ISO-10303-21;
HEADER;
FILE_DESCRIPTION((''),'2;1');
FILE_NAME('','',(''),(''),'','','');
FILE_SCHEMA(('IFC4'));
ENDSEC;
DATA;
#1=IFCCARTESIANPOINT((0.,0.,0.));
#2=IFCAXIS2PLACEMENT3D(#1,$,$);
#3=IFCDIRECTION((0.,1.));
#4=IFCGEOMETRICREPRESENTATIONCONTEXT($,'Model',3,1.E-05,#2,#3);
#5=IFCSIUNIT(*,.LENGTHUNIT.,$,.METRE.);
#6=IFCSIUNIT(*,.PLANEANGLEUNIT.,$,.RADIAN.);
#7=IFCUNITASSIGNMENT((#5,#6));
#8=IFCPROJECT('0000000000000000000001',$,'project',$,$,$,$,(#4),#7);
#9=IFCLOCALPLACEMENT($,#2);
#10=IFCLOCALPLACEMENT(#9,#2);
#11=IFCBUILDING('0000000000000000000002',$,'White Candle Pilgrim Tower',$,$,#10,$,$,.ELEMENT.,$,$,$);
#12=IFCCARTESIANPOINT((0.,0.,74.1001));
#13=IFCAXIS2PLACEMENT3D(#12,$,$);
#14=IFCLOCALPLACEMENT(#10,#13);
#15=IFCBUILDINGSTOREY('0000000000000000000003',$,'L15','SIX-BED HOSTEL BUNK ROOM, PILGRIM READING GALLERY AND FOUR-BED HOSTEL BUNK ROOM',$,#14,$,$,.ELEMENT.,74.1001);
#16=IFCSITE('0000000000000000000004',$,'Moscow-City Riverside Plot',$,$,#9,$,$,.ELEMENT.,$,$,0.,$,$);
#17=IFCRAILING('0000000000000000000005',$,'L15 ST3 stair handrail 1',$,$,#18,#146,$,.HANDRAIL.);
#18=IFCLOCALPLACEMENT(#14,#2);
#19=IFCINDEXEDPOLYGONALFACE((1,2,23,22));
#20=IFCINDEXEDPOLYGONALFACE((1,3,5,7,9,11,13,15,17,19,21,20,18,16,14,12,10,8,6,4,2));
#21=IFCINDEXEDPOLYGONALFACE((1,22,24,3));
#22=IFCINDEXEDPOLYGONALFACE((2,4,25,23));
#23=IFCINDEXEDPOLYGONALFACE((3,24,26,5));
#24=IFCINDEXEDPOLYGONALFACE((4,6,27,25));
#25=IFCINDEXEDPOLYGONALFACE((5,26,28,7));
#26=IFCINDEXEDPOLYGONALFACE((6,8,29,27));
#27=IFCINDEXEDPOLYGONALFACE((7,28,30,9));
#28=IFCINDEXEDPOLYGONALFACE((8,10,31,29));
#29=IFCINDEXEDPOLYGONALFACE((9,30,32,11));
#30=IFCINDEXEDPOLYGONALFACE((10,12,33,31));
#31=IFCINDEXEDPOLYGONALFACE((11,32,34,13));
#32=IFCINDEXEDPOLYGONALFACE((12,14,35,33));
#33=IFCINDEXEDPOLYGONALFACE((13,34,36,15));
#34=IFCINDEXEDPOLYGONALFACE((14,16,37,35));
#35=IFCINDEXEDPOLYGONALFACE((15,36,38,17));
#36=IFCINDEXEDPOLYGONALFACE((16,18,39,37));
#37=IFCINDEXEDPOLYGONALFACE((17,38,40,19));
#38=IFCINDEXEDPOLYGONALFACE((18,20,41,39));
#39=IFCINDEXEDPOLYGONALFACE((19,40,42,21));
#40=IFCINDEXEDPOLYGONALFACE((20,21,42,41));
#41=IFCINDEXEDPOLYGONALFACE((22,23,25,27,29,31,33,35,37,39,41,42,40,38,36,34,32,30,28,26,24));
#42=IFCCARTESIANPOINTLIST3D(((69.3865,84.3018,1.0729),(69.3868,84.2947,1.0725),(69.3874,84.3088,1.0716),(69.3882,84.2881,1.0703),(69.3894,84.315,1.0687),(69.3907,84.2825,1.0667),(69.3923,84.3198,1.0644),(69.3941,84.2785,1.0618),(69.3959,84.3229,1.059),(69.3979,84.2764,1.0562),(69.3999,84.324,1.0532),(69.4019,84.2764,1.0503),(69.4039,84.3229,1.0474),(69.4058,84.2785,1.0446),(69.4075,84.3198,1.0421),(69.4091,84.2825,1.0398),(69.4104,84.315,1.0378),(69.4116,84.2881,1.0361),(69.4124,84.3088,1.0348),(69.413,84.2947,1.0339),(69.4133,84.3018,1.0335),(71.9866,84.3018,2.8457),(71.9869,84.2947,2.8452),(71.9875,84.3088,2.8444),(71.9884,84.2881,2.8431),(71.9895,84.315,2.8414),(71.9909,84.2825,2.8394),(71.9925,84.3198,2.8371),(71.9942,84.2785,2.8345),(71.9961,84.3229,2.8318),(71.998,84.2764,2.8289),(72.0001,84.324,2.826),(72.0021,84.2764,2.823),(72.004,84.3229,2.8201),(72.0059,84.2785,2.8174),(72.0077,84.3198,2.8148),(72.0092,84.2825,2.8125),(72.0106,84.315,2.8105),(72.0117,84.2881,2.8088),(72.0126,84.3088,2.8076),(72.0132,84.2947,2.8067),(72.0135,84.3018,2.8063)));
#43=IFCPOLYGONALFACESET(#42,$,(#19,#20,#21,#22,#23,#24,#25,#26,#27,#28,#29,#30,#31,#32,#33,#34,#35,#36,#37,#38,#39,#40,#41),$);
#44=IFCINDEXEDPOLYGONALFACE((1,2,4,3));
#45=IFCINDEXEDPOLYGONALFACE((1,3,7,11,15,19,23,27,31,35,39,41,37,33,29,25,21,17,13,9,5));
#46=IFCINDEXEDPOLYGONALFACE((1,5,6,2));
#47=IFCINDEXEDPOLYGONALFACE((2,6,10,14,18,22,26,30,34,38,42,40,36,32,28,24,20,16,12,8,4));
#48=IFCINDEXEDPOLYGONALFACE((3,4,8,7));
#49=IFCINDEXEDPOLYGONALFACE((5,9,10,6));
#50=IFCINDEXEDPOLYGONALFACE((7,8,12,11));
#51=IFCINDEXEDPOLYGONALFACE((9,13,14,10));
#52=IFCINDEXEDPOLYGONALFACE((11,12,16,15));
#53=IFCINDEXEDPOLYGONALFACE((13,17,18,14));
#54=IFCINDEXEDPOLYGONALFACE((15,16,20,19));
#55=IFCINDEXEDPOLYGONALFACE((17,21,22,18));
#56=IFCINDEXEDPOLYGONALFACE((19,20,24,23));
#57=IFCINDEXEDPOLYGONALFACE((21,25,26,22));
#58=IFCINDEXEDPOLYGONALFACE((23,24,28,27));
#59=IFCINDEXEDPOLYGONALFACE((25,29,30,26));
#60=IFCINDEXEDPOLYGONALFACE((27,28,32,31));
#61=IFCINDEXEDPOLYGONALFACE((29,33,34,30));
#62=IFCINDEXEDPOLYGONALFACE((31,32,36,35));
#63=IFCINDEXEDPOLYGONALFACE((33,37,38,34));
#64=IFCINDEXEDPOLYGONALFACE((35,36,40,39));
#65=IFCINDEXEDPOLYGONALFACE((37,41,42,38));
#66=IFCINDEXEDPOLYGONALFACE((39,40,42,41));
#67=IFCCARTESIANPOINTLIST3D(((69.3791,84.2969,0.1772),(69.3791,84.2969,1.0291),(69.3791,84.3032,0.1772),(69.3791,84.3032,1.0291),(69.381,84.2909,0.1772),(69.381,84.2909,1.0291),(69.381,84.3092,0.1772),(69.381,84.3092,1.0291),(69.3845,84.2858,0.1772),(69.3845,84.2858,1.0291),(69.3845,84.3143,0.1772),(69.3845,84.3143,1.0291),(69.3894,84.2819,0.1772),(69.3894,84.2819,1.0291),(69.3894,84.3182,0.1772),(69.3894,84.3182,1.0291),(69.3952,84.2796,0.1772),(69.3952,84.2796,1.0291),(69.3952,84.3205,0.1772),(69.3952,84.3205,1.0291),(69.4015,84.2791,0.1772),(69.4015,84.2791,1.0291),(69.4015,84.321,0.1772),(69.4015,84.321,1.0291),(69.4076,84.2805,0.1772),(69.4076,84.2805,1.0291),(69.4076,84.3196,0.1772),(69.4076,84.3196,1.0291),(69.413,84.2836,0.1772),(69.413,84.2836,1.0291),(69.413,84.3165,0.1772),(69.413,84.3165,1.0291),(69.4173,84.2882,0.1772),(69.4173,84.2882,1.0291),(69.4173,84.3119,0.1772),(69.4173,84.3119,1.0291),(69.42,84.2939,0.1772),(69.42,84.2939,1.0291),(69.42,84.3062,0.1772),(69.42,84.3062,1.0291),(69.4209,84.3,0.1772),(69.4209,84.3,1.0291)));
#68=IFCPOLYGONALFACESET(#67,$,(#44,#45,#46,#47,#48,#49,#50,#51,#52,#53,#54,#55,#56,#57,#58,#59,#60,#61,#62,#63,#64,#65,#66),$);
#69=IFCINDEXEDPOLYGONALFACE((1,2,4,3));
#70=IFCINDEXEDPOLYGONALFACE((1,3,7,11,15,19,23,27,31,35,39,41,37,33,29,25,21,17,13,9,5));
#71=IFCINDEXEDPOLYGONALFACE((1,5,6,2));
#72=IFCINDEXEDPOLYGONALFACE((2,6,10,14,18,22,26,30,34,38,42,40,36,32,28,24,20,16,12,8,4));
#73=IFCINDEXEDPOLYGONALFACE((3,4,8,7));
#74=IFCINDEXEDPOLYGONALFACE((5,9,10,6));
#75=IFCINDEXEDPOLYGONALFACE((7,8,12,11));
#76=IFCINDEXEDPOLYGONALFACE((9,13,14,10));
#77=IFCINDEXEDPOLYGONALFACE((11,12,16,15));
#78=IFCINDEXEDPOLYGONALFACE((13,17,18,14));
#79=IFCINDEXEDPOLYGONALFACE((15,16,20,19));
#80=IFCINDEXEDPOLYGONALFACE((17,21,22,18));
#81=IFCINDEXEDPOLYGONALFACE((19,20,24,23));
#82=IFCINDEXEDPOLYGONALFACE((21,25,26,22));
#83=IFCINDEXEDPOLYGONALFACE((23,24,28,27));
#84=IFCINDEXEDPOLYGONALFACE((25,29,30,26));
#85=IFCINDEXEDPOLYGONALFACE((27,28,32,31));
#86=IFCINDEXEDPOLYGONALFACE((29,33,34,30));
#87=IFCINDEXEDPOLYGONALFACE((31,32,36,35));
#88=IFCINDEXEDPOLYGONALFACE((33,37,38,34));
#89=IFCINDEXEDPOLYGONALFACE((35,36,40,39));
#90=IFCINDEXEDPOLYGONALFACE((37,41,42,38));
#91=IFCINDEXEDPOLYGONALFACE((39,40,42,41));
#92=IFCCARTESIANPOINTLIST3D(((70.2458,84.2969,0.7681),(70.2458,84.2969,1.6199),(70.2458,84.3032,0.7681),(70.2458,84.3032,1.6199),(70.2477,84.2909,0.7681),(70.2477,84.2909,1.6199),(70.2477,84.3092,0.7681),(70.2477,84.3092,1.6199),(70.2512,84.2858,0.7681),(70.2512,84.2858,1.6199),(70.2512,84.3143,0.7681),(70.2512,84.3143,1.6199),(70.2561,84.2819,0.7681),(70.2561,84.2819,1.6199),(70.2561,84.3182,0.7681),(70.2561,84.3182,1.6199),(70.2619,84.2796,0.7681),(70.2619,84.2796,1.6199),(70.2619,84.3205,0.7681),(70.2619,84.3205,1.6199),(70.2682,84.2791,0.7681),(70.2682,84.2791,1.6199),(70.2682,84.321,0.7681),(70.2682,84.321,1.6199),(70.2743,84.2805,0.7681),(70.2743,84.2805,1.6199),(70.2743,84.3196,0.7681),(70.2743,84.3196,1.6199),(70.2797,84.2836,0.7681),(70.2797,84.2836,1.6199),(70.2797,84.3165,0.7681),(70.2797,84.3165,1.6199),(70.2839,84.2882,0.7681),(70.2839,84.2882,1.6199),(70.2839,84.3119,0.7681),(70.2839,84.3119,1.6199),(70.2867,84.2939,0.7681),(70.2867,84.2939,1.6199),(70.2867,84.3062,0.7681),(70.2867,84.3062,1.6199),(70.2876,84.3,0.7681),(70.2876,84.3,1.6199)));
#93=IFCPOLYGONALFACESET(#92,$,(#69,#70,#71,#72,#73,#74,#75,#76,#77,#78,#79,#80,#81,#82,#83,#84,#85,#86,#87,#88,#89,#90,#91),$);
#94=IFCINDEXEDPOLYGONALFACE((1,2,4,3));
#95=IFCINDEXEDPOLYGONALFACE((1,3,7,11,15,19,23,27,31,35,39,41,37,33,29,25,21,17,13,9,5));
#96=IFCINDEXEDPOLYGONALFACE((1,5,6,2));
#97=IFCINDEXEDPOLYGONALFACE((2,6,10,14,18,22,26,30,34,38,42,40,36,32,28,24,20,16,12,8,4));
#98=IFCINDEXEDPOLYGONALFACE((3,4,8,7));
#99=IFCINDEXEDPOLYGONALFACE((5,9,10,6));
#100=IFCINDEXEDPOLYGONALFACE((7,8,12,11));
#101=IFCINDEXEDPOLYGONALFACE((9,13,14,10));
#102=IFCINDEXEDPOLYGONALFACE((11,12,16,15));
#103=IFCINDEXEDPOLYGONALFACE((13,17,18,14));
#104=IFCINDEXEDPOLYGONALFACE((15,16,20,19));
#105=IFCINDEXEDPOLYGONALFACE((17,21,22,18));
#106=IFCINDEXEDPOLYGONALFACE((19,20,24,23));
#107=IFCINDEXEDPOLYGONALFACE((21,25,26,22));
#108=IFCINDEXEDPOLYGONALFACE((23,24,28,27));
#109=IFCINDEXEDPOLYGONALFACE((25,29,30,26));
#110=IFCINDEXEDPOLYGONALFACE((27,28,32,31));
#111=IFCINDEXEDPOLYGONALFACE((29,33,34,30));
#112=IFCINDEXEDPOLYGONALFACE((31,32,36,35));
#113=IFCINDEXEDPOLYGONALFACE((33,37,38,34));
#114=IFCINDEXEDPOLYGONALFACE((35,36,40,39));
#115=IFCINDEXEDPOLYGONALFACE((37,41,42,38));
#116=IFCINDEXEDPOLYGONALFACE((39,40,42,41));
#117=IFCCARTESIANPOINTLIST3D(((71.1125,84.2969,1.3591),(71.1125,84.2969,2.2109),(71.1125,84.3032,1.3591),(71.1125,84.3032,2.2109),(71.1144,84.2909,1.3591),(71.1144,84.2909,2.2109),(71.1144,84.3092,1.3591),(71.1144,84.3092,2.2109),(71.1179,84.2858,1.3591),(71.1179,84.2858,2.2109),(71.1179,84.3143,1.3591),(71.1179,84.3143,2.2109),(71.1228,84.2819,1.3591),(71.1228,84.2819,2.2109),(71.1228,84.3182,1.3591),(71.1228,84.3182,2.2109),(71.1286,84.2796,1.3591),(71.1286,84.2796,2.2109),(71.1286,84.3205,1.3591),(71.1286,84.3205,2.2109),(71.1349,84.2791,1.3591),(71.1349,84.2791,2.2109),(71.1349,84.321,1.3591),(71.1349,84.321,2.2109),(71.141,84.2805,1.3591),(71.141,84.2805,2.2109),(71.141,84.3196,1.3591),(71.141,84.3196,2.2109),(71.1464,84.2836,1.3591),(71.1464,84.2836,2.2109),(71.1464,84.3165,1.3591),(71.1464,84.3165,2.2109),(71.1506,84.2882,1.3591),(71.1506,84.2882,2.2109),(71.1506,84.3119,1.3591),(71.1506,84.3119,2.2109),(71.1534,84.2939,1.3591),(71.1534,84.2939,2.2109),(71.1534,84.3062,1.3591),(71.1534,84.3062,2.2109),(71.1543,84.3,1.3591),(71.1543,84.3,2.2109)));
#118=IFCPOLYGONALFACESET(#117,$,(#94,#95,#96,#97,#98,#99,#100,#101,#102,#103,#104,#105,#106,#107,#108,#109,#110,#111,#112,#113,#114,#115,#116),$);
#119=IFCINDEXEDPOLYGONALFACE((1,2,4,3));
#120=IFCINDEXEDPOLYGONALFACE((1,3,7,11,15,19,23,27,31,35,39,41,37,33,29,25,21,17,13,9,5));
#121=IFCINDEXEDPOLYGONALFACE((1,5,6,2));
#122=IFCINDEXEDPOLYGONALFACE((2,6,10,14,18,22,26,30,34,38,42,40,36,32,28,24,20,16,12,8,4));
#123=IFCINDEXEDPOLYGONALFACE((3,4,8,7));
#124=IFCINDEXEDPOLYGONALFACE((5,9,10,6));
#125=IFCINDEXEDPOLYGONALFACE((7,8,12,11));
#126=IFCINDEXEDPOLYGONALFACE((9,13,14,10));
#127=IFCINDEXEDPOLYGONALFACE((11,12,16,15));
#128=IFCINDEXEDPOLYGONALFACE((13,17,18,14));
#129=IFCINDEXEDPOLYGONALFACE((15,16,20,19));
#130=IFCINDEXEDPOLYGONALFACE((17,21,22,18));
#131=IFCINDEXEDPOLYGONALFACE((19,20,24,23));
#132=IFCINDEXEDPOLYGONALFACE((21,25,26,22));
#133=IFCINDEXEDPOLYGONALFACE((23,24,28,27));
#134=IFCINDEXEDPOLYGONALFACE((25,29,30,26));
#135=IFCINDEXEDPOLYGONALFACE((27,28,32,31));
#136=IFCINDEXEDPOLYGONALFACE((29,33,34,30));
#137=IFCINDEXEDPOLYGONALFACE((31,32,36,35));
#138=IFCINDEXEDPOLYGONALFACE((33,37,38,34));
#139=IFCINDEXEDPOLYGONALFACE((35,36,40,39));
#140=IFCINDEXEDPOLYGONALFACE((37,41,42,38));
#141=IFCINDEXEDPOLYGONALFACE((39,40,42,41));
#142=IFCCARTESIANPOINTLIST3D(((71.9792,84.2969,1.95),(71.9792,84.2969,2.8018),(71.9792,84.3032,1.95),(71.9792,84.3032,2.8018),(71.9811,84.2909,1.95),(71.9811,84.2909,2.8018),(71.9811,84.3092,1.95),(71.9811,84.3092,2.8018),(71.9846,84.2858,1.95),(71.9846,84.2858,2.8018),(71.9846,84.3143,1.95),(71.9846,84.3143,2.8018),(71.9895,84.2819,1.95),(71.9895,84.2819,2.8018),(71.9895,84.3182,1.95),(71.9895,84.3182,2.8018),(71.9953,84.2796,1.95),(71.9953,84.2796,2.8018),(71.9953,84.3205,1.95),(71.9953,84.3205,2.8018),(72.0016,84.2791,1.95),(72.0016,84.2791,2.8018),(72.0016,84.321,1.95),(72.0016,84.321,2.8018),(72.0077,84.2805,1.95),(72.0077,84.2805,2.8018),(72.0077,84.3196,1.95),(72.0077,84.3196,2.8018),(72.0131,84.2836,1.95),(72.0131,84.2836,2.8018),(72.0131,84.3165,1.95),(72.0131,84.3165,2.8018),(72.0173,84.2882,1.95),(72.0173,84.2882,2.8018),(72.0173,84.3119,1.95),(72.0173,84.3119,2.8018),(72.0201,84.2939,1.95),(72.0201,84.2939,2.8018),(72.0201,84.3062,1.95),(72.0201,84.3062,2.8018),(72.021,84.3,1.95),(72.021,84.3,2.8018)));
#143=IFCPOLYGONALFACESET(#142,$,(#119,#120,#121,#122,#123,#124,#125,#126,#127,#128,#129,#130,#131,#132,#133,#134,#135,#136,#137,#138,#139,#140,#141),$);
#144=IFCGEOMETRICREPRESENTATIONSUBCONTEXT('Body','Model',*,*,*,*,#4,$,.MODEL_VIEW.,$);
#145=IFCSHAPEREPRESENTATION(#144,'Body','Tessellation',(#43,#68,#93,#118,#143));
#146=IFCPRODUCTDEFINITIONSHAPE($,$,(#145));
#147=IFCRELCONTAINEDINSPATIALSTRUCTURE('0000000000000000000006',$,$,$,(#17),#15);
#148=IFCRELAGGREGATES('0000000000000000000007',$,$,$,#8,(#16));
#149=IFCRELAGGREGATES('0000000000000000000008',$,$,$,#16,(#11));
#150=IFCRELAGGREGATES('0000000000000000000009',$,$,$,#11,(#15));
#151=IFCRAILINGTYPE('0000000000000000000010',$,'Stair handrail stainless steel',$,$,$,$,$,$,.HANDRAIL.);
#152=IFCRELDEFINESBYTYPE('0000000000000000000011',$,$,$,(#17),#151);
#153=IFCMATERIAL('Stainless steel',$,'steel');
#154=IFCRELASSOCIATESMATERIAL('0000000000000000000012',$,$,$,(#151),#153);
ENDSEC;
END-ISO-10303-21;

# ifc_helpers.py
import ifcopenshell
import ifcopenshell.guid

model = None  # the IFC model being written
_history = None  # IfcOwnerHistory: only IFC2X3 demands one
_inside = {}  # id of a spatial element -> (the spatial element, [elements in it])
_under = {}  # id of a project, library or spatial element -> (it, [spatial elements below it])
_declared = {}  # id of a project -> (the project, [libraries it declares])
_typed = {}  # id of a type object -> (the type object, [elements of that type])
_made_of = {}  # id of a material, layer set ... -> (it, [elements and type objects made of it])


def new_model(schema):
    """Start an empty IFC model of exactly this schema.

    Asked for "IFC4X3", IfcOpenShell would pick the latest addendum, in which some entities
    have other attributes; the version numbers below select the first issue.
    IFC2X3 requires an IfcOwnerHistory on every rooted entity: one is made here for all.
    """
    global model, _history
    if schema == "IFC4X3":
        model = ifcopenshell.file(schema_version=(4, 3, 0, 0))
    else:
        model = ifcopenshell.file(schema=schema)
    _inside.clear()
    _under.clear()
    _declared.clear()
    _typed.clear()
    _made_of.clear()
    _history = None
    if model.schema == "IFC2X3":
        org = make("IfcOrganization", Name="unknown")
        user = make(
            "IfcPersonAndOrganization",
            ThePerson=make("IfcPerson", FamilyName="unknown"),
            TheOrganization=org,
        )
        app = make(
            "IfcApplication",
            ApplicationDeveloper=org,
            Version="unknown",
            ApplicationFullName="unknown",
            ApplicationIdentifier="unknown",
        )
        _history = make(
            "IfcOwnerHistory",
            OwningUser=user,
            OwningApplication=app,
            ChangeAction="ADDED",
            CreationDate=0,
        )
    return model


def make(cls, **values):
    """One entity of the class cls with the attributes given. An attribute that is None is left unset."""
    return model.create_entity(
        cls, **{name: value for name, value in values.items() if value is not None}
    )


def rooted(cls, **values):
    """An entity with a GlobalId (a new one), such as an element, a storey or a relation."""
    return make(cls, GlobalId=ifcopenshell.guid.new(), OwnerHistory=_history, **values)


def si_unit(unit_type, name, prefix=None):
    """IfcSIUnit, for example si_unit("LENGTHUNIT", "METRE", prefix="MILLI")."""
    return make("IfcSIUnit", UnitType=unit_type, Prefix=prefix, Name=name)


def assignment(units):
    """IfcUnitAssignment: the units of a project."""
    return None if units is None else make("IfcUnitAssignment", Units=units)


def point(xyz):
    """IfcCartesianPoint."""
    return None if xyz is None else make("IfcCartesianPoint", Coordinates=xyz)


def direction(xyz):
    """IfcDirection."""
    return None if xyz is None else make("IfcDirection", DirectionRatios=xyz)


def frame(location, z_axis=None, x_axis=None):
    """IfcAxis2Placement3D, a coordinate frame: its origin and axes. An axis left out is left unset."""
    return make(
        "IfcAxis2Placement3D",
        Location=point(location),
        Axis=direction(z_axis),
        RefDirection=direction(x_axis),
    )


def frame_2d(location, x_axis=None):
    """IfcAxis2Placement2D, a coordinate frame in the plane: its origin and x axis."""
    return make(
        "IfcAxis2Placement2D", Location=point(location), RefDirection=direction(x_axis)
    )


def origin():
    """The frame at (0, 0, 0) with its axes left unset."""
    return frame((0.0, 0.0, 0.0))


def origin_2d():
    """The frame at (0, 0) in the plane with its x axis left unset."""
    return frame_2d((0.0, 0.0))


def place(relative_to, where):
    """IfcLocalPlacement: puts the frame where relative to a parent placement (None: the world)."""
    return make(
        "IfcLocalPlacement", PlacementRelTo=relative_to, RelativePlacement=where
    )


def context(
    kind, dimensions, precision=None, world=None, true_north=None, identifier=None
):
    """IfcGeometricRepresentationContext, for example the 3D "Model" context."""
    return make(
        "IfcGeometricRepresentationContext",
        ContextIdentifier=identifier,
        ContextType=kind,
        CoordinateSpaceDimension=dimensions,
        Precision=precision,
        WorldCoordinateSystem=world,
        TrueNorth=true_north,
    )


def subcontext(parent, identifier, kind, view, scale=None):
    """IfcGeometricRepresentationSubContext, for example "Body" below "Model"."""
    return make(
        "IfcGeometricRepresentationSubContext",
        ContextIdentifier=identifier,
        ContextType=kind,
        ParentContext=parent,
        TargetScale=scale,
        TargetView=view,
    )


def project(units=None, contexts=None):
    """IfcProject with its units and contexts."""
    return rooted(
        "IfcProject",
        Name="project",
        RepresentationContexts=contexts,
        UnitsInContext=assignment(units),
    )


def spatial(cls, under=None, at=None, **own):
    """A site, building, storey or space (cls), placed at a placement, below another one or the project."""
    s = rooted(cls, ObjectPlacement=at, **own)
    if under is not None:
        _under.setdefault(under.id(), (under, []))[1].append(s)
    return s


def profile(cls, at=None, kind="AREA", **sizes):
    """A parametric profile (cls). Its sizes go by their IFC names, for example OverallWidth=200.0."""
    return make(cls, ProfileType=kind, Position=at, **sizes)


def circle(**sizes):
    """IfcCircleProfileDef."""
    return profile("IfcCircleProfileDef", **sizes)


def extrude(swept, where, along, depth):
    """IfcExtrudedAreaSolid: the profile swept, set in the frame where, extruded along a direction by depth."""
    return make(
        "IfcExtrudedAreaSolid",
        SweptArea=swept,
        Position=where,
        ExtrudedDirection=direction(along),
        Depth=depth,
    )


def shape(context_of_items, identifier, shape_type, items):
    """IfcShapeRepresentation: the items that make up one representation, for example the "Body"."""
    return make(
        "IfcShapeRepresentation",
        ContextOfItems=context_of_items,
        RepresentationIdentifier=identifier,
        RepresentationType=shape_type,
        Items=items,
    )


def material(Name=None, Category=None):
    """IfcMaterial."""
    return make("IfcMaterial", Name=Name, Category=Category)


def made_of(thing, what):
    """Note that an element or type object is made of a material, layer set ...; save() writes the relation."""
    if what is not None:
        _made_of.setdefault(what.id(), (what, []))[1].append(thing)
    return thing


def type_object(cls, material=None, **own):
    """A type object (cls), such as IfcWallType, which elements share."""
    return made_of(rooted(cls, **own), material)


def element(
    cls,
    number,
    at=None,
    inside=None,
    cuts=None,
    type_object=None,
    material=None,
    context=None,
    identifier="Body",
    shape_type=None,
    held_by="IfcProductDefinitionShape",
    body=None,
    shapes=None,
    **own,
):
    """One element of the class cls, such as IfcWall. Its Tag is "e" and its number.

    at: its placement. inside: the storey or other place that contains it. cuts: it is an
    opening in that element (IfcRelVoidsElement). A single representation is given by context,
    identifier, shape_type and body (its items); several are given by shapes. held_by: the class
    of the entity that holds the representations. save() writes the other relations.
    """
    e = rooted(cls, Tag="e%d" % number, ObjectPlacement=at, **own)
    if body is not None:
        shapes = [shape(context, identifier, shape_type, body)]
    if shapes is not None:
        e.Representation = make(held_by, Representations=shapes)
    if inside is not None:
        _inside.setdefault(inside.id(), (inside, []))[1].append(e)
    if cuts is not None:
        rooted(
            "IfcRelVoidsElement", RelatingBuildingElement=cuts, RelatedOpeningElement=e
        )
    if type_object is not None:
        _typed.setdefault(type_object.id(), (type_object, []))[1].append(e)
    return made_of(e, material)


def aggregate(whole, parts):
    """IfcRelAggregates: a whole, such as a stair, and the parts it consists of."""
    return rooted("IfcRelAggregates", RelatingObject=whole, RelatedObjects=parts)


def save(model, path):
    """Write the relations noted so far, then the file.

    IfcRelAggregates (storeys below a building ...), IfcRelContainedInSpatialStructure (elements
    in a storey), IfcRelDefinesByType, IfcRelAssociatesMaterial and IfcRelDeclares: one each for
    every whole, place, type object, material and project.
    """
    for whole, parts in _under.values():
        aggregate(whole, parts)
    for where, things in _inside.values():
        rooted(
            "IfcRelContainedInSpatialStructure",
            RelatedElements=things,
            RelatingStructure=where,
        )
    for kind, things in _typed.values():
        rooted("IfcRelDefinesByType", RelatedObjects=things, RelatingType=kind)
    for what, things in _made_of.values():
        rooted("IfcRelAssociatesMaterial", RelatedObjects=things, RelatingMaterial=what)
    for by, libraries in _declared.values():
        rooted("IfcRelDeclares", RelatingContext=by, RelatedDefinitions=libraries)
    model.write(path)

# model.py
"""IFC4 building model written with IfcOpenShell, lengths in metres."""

from ifc_helpers import new_model, si_unit, direction, frame, origin, origin_2d, place, context, subcontext, project, spatial, circle, extrude, material, type_object, element, save


model = new_model("IFC4")

# Units and contexts
model_context = context("Model", 3, precision=1e-05, world=origin(), true_north=direction((0.0, 1.0)))
body_context = subcontext(model_context, "Body", "Model", "MODEL_VIEW")
ifc_project = project(units=[si_unit("LENGTHUNIT", "METRE"), si_unit("PLANEANGLEUNIT", "RADIAN")], contexts=[model_context])

# Site, building, storey
site_placement = place(None, origin())
site = spatial("IfcSite", under=ifc_project, at=site_placement, Name="Moscow-City Riverside Plot", CompositionType="ELEMENT", RefElevation=0.0)
building_placement = place(site_placement, origin())
building = spatial("IfcBuilding", under=site, at=building_placement, Name="White Candle Pilgrim Tower", CompositionType="ELEMENT")
storey_placement = place(building_placement, frame((0.0, 0.0, 74.1001)))
storey = spatial("IfcBuildingStorey", under=building, at=storey_placement, Name="L15", Description="SIX-BED HOSTEL BUNK ROOM, PILGRIM READING GALLERY AND FOUR-BED HOSTEL BUNK ROOM", CompositionType="ELEMENT", Elevation=74.1001)

# Railing
ifc_material_1 = material(Name="Stainless steel", Category="steel")
railing_type_1 = type_object("IfcRailingType", Name="Stair handrail stainless steel", PredefinedType="HANDRAIL", material=ifc_material_1)
railing_1_placement = place(storey_placement, frame((69.3999, 84.3, 0.1772)))
element("IfcRailing", 1, at=railing_1_placement, inside=storey, type_object=railing_type_1, Name="L15 ST3 stair handrail 1", PredefinedType="HANDRAIL", context=body_context, shape_type="SweptSolid", body=[
    extrude(circle(Radius=0.0239, at=origin_2d()), frame((0.0, 0.0, 0.876), z_axis=(0.82624, 0.0, 0.563318), x_axis=(0.0, 1.0, 0.0)), (0.0, 0.0, 1.0), 3.147),
    extrude(circle(Radius=0.021, at=origin_2d()), origin(), (0.0, 0.0, 1.0), 0.8518),
    extrude(circle(Radius=0.021, at=origin_2d()), frame((0.8667, 0.0, 0.5908)), (0.0, 0.0, 1.0), 0.8518),
    extrude(circle(Radius=0.021, at=origin_2d()), frame((1.7334, 0.0, 1.1819)), (0.0, 0.0, 1.0), 0.8518),
    extrude(circle(Radius=0.021, at=origin_2d()), frame((2.6001, 0.0, 1.7727)), (0.0, 0.0, 1.0), 0.8518),
])

save(model, "model.ifc")
